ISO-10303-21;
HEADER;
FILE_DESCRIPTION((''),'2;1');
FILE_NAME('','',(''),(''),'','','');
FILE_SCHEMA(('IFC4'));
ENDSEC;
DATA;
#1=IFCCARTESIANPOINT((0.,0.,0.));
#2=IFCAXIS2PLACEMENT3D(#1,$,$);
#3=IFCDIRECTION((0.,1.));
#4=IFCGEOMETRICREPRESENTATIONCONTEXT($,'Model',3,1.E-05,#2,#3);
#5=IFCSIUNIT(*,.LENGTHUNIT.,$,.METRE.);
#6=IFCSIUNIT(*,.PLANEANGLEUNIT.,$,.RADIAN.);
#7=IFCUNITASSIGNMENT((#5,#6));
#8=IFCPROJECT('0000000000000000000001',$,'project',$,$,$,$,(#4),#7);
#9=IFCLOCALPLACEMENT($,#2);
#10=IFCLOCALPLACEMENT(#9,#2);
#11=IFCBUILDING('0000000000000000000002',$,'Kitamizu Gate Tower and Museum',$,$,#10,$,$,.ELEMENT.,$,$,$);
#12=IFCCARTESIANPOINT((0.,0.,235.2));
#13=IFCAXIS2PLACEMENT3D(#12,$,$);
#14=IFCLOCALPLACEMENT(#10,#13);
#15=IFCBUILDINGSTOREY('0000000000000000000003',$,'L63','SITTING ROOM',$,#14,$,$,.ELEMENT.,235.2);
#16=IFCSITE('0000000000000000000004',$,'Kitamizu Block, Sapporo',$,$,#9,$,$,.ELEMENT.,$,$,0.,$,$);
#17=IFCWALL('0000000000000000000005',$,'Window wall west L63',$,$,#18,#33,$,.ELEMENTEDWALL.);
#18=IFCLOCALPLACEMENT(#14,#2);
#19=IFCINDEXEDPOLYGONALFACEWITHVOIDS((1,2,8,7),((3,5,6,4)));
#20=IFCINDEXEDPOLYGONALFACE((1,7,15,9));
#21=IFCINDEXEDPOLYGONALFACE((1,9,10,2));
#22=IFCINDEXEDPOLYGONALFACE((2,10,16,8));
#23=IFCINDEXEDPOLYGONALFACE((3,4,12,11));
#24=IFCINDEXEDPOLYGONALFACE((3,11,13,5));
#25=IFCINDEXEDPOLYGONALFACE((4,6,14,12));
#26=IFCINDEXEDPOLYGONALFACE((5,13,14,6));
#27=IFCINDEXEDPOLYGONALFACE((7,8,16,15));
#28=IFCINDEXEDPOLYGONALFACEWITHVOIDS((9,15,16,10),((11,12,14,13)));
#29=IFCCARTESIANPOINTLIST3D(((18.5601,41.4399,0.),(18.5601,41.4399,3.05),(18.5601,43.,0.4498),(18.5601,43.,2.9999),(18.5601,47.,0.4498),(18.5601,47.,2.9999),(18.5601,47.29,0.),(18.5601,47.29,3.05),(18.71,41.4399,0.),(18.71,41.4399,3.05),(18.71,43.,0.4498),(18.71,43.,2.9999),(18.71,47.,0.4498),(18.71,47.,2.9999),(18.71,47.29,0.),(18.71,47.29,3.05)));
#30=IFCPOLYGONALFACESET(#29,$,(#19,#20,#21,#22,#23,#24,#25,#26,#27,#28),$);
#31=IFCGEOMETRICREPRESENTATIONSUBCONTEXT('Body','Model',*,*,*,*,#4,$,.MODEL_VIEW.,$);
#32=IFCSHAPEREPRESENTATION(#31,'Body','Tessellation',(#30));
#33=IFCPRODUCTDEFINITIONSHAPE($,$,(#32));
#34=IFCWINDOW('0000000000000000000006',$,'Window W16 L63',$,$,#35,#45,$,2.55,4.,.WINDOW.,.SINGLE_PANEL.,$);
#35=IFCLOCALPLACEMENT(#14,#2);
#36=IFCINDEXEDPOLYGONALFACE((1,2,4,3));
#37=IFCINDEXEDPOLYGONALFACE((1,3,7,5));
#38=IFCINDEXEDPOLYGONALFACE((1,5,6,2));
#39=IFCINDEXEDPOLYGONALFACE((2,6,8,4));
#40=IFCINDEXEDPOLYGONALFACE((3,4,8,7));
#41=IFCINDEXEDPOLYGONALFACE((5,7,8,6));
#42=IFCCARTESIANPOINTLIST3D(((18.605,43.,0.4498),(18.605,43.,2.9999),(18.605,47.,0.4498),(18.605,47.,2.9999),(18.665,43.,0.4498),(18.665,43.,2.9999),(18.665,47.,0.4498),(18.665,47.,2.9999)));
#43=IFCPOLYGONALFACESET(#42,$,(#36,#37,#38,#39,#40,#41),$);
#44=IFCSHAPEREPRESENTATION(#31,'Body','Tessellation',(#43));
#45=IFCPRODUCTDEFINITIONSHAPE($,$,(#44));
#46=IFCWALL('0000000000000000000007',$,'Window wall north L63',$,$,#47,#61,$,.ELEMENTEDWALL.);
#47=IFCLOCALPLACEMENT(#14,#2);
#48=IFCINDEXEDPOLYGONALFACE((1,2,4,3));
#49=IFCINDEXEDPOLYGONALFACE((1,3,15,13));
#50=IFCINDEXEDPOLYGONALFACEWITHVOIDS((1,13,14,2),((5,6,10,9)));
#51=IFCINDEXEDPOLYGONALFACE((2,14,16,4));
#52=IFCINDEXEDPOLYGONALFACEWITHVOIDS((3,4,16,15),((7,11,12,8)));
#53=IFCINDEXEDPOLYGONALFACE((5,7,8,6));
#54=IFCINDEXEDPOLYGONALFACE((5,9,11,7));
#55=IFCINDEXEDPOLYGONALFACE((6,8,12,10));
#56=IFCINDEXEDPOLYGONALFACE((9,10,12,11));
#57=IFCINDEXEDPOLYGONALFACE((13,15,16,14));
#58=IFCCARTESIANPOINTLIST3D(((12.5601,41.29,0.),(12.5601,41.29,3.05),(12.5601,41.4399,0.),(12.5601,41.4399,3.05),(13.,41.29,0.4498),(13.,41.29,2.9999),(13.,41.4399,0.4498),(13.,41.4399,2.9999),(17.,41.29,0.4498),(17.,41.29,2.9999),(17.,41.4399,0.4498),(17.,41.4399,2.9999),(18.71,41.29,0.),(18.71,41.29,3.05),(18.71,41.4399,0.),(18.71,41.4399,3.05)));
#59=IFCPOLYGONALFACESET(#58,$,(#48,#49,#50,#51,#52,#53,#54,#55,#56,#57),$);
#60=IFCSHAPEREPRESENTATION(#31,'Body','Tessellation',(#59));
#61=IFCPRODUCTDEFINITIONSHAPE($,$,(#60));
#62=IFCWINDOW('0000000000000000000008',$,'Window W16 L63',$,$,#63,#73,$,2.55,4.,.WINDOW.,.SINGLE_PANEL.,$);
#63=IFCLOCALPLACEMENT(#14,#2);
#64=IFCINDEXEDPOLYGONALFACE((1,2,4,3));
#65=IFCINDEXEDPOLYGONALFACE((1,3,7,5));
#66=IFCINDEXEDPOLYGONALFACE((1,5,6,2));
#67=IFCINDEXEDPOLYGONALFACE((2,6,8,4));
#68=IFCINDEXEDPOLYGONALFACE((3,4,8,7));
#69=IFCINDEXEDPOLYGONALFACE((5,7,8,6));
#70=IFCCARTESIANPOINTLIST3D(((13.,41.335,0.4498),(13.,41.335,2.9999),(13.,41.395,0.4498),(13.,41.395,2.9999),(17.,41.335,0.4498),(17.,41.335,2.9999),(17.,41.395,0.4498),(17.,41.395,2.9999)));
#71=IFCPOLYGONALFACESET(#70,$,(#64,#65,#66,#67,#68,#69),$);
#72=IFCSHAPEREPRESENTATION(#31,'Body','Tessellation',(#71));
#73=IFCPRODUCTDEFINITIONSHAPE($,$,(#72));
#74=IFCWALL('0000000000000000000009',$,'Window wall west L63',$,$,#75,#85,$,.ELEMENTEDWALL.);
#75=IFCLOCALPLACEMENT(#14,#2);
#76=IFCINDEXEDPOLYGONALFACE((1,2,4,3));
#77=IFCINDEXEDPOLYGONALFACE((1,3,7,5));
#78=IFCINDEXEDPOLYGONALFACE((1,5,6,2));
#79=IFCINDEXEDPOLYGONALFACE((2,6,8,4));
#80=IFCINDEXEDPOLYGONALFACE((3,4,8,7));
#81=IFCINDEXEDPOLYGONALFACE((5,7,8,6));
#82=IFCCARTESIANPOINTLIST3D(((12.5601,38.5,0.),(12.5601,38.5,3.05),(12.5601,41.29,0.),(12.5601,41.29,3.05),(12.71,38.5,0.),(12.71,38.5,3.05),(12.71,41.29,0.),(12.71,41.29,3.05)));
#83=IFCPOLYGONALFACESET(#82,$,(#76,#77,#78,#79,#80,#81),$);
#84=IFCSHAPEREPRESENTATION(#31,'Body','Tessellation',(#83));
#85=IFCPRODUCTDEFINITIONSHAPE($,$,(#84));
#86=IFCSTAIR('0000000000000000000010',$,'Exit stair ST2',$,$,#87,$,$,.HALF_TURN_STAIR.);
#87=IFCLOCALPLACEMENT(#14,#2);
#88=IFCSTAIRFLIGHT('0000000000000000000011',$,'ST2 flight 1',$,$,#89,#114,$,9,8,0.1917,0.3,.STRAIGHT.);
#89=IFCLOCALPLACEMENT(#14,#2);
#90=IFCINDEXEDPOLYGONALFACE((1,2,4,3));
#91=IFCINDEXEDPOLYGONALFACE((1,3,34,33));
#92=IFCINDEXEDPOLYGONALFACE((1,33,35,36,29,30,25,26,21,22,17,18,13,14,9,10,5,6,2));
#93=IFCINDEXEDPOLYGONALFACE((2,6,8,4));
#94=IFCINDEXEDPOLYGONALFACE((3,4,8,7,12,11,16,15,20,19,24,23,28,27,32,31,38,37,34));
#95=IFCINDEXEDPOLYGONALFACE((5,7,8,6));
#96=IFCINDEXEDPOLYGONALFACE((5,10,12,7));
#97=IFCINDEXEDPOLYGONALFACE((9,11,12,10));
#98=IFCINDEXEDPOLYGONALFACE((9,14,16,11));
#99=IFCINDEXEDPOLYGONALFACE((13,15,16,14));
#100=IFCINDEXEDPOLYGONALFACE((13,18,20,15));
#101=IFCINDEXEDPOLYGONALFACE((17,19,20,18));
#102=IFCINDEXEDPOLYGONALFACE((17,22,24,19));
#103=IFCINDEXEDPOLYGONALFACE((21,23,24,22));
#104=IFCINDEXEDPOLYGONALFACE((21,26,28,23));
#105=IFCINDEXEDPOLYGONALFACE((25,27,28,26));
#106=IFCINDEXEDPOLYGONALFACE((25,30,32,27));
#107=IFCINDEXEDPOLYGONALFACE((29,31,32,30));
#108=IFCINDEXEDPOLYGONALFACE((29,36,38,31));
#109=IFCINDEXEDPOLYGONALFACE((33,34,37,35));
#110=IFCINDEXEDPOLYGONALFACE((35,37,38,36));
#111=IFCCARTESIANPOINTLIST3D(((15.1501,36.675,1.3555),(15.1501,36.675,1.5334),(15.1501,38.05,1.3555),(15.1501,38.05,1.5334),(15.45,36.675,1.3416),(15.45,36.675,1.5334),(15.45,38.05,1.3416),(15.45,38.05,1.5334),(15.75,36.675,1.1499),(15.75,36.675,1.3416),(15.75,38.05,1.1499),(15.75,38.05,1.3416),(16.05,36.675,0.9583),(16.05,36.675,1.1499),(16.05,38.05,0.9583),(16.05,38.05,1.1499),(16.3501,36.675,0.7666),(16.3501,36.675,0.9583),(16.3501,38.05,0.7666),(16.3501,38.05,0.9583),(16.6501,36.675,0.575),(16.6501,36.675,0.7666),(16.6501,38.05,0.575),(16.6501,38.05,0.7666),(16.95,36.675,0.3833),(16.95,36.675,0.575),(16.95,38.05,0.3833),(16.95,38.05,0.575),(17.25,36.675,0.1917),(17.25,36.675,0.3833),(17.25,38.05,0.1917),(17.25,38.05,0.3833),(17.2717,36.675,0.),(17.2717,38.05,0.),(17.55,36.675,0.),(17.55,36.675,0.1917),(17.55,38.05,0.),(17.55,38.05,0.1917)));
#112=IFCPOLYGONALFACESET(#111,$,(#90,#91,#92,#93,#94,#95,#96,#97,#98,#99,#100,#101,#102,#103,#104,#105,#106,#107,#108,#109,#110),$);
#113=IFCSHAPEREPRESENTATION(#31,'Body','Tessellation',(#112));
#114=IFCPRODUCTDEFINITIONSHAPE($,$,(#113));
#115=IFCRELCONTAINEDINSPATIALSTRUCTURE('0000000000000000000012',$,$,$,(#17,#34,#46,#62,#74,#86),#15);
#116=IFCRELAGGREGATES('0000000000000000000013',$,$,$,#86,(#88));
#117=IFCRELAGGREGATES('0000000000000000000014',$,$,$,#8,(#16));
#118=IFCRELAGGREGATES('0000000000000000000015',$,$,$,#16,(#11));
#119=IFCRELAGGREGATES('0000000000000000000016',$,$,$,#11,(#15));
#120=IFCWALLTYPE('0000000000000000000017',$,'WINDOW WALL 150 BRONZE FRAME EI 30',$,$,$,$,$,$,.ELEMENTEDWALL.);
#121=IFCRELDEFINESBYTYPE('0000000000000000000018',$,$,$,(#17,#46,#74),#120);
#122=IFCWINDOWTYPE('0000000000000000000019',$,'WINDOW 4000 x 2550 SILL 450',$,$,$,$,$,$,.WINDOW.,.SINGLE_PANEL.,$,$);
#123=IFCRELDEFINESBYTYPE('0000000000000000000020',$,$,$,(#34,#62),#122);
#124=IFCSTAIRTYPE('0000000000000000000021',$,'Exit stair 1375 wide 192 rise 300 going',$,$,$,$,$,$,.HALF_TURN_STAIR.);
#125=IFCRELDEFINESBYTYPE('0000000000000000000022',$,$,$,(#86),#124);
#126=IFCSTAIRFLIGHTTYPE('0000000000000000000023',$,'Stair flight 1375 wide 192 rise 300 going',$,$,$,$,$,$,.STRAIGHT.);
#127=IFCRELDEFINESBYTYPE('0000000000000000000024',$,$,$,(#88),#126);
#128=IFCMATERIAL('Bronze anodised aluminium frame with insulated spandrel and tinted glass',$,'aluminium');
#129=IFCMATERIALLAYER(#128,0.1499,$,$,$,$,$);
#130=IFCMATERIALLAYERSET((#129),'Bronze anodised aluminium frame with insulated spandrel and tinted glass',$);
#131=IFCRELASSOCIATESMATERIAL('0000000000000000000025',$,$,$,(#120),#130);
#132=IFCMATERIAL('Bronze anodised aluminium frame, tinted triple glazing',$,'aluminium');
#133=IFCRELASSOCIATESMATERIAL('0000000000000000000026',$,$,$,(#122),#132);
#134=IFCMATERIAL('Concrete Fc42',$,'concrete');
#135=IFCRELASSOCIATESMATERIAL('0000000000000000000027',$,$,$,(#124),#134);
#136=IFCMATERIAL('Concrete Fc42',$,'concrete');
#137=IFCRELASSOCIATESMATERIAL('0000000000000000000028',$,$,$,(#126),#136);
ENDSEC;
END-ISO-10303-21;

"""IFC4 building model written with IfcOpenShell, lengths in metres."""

from ifc_helpers import new_model, si_unit, direction, frame, frame_2d, origin, place, context, subcontext, project, spatial, polyline, rectangle, outline, extrude, material, layer, layer_set, type_object, element, fill, aggregate, save


model = new_model("IFC4")

# Units and contexts
model_context = context("Model", 3, precision=1e-05, world=origin(), true_north=direction((0.0, 1.0)))
body_context = subcontext(model_context, "Body", "Model", "MODEL_VIEW")
ifc_project = project(units=[si_unit("LENGTHUNIT", "METRE"), si_unit("PLANEANGLEUNIT", "RADIAN")], contexts=[model_context])

# Site, building, storey
site_placement = place(None, origin())
site = spatial("IfcSite", under=ifc_project, at=site_placement, Name="Kitamizu Block, Sapporo", CompositionType="ELEMENT", RefElevation=0.0)
building_placement = place(site_placement, origin())
building = spatial("IfcBuilding", under=site, at=building_placement, Name="Kitamizu Gate Tower and Museum", CompositionType="ELEMENT")
storey_placement = place(building_placement, frame((0.0, 0.0, 235.2)))
storey = spatial("IfcBuildingStorey", under=building, at=storey_placement, Name="L63", Description="SITTING ROOM", CompositionType="ELEMENT", Elevation=235.2)

# Shared definitions
ifc_material_1 = material(Name="Bronze anodised aluminium frame with insulated spandrel and tinted glass", Category="aluminium")
ifc_layer_1 = layer(ifc_material_1, 0.1499)
ifc_layer_set_1 = layer_set([ifc_layer_1], Name="Bronze anodised aluminium frame with insulated spandrel and tinted glass")
wall_type_1 = type_object("IfcWallType", Name="WINDOW WALL 150 BRONZE FRAME EI 30", PredefinedType="ELEMENTEDWALL", material=ifc_layer_set_1)

# Walls, openings, windows
wall_1_placement = place(storey_placement, frame((18.635, 41.4399, 0.0), z_axis=(0.0, 0.0, 1.0), x_axis=(0.0, 1.0, 0.0)))
wall_1 = element("IfcWall", 1, at=wall_1_placement, inside=storey, type_object=wall_type_1, Name="Window wall west L63", PredefinedType="ELEMENTEDWALL", context=body_context, shape_type="SweptSolid", body=[
    extrude(rectangle(XDim=5.8501, YDim=0.1499, at=frame_2d((2.925, 0.0))), origin(), (0.0, 0.0, 1.0), 3.05),
])
opening_1_placement = place(wall_1_placement, frame((1.5601, 0.0, 0.45)))
opening_1 = element("IfcOpeningElement", 2, at=opening_1_placement, cuts=wall_1, PredefinedType="OPENING", context=body_context, shape_type="SweptSolid", body=[
    extrude(rectangle(XDim=4.0, YDim=2.55, at=frame_2d((2.0, 1.2749))), frame((0.0, 0.085, 0.0), z_axis=(0.0, -1.0, 0.0), x_axis=(1.0, 0.0, 0.0)), (0.0, 0.0, 1.0), 0.1699),
])
ifc_material_2 = material(Name="Bronze anodised aluminium frame, tinted triple glazing", Category="aluminium")
window_type_1 = type_object("IfcWindowType", Name="WINDOW 4000 x 2550 SILL 450", PartitioningType="SINGLE_PANEL", PredefinedType="WINDOW", material=ifc_material_2)
window_1_placement = place(opening_1_placement, origin())
window_1 = element("IfcWindow", 3, at=window_1_placement, inside=storey, type_object=window_type_1, Name="Window W16 L63", OverallHeight=2.55, OverallWidth=4.0, PartitioningType="SINGLE_PANEL", PredefinedType="WINDOW", context=body_context, shape_type="SweptSolid", body=[
    extrude(rectangle(XDim=4.0, YDim=2.55, at=frame_2d((2.0, 1.2749))), frame((0.0, 0.03, 0.0), z_axis=(0.0, -1.0, 0.0), x_axis=(1.0, 0.0, 0.0)), (0.0, 0.0, 1.0), 0.0601),
])
fill(opening_1, window_1)
wall_2_placement = place(storey_placement, frame((12.5601, 41.365, 0.0), z_axis=(0.0, 0.0, 1.0), x_axis=(1.0, 0.0, 0.0)))
wall_2 = element("IfcWall", 4, at=wall_2_placement, inside=storey, type_object=wall_type_1, Name="Window wall north L63", PredefinedType="ELEMENTEDWALL", context=body_context, shape_type="SweptSolid", body=[
    extrude(rectangle(XDim=6.1499, YDim=0.1499, at=frame_2d((3.075, 0.0))), origin(), (0.0, 0.0, 1.0), 3.05),
])
opening_2_placement = place(wall_2_placement, frame((0.4399, 0.0, 0.45)))
opening_2 = element("IfcOpeningElement", 5, at=opening_2_placement, cuts=wall_2, PredefinedType="OPENING", context=body_context, shape_type="SweptSolid", body=[
    extrude(rectangle(XDim=4.0, YDim=2.55, at=frame_2d((2.0, 1.2749))), frame((0.0, 0.085, 0.0), z_axis=(0.0, -1.0, 0.0), x_axis=(1.0, 0.0, 0.0)), (0.0, 0.0, 1.0), 0.1699),
])
window_2_placement = place(opening_2_placement, origin())
window_2 = element("IfcWindow", 6, at=window_2_placement, inside=storey, type_object=window_type_1, Name="Window W16 L63", OverallHeight=2.55, OverallWidth=4.0, PartitioningType="SINGLE_PANEL", PredefinedType="WINDOW", context=body_context, shape_type="SweptSolid", body=[
    extrude(rectangle(XDim=4.0, YDim=2.55, at=frame_2d((2.0, 1.2749))), frame((0.0, 0.03, 0.0), z_axis=(0.0, -1.0, 0.0), x_axis=(1.0, 0.0, 0.0)), (0.0, 0.0, 1.0), 0.0601),
])
fill(opening_2, window_2)

# Wall
wall_3_placement = place(storey_placement, frame((12.635, 38.5, 0.0), z_axis=(0.0, 0.0, 1.0), x_axis=(0.0, 1.0, 0.0)))
element("IfcWall", 7, at=wall_3_placement, inside=storey, type_object=wall_type_1, Name="Window wall west L63", PredefinedType="ELEMENTEDWALL", context=body_context, shape_type="SweptSolid", body=[
    extrude(rectangle(XDim=2.79, YDim=0.1499, at=frame_2d((1.395, 0.0))), origin(), (0.0, 0.0, 1.0), 3.05),
])

# Stair, stair flight
ifc_material_3 = material(Name="Concrete Fc42", Category="concrete")
stair_type = type_object("IfcStairType", Name="Exit stair 1375 wide 192 rise 300 going", PredefinedType="HALF_TURN_STAIR", material=ifc_material_3)
stair_placement = place(storey_placement, origin())
stair = element("IfcStair", 8, at=stair_placement, inside=storey, type_object=stair_type, Name="Exit stair ST2", PredefinedType="HALF_TURN_STAIR")
ifc_material_4 = material(Name="Concrete Fc42", Category="concrete")
stair_flight_type = type_object("IfcStairFlightType", Name="Stair flight 1375 wide 192 rise 300 going", PredefinedType="STRAIGHT", material=ifc_material_4)
stair_flight_placement = place(storey_placement, frame((17.55, 37.3625, 0.0), z_axis=(0.0, 0.0, 1.0), x_axis=(-1.0, 0.0, 0.0)))
stair_flight = element("IfcStairFlight", 9, at=stair_flight_placement, type_object=stair_flight_type, Name="ST2 flight 1", NumberOfRisers=9, NumberOfTreads=8, PredefinedType="STRAIGHT", RiserHeight=0.1917, TreadLength=0.3, context=body_context, shape_type="SweptSolid", body=[
    extrude(outline(polyline([(0.0, 0.0), (0.0, 0.1917), (0.3, 0.1917), (0.3, 0.3833), (0.6001, 0.3833), (0.6001, 0.575), (0.8999, 0.575), (0.8999, 0.7666), (1.2, 0.7666), (1.2, 0.9583), (1.5, 0.9583), (1.5, 1.1499), (1.8, 1.1499), (1.8, 1.3416), (2.1001, 1.3416), (2.1001, 1.5334), (2.3999, 1.5334), (2.3999, 1.7251), (2.3999, 1.3555), (0.2783, 0.0), (0.0, 0.0)])), frame((0.0, 0.6875, 0.0), z_axis=(0.0, -1.0, 0.0), x_axis=(1.0, 0.0, 0.0)), (0.0, 0.0, 1.0), 1.375),
])
aggregate(stair, [stair_flight])

save(model, "model.ifc")
